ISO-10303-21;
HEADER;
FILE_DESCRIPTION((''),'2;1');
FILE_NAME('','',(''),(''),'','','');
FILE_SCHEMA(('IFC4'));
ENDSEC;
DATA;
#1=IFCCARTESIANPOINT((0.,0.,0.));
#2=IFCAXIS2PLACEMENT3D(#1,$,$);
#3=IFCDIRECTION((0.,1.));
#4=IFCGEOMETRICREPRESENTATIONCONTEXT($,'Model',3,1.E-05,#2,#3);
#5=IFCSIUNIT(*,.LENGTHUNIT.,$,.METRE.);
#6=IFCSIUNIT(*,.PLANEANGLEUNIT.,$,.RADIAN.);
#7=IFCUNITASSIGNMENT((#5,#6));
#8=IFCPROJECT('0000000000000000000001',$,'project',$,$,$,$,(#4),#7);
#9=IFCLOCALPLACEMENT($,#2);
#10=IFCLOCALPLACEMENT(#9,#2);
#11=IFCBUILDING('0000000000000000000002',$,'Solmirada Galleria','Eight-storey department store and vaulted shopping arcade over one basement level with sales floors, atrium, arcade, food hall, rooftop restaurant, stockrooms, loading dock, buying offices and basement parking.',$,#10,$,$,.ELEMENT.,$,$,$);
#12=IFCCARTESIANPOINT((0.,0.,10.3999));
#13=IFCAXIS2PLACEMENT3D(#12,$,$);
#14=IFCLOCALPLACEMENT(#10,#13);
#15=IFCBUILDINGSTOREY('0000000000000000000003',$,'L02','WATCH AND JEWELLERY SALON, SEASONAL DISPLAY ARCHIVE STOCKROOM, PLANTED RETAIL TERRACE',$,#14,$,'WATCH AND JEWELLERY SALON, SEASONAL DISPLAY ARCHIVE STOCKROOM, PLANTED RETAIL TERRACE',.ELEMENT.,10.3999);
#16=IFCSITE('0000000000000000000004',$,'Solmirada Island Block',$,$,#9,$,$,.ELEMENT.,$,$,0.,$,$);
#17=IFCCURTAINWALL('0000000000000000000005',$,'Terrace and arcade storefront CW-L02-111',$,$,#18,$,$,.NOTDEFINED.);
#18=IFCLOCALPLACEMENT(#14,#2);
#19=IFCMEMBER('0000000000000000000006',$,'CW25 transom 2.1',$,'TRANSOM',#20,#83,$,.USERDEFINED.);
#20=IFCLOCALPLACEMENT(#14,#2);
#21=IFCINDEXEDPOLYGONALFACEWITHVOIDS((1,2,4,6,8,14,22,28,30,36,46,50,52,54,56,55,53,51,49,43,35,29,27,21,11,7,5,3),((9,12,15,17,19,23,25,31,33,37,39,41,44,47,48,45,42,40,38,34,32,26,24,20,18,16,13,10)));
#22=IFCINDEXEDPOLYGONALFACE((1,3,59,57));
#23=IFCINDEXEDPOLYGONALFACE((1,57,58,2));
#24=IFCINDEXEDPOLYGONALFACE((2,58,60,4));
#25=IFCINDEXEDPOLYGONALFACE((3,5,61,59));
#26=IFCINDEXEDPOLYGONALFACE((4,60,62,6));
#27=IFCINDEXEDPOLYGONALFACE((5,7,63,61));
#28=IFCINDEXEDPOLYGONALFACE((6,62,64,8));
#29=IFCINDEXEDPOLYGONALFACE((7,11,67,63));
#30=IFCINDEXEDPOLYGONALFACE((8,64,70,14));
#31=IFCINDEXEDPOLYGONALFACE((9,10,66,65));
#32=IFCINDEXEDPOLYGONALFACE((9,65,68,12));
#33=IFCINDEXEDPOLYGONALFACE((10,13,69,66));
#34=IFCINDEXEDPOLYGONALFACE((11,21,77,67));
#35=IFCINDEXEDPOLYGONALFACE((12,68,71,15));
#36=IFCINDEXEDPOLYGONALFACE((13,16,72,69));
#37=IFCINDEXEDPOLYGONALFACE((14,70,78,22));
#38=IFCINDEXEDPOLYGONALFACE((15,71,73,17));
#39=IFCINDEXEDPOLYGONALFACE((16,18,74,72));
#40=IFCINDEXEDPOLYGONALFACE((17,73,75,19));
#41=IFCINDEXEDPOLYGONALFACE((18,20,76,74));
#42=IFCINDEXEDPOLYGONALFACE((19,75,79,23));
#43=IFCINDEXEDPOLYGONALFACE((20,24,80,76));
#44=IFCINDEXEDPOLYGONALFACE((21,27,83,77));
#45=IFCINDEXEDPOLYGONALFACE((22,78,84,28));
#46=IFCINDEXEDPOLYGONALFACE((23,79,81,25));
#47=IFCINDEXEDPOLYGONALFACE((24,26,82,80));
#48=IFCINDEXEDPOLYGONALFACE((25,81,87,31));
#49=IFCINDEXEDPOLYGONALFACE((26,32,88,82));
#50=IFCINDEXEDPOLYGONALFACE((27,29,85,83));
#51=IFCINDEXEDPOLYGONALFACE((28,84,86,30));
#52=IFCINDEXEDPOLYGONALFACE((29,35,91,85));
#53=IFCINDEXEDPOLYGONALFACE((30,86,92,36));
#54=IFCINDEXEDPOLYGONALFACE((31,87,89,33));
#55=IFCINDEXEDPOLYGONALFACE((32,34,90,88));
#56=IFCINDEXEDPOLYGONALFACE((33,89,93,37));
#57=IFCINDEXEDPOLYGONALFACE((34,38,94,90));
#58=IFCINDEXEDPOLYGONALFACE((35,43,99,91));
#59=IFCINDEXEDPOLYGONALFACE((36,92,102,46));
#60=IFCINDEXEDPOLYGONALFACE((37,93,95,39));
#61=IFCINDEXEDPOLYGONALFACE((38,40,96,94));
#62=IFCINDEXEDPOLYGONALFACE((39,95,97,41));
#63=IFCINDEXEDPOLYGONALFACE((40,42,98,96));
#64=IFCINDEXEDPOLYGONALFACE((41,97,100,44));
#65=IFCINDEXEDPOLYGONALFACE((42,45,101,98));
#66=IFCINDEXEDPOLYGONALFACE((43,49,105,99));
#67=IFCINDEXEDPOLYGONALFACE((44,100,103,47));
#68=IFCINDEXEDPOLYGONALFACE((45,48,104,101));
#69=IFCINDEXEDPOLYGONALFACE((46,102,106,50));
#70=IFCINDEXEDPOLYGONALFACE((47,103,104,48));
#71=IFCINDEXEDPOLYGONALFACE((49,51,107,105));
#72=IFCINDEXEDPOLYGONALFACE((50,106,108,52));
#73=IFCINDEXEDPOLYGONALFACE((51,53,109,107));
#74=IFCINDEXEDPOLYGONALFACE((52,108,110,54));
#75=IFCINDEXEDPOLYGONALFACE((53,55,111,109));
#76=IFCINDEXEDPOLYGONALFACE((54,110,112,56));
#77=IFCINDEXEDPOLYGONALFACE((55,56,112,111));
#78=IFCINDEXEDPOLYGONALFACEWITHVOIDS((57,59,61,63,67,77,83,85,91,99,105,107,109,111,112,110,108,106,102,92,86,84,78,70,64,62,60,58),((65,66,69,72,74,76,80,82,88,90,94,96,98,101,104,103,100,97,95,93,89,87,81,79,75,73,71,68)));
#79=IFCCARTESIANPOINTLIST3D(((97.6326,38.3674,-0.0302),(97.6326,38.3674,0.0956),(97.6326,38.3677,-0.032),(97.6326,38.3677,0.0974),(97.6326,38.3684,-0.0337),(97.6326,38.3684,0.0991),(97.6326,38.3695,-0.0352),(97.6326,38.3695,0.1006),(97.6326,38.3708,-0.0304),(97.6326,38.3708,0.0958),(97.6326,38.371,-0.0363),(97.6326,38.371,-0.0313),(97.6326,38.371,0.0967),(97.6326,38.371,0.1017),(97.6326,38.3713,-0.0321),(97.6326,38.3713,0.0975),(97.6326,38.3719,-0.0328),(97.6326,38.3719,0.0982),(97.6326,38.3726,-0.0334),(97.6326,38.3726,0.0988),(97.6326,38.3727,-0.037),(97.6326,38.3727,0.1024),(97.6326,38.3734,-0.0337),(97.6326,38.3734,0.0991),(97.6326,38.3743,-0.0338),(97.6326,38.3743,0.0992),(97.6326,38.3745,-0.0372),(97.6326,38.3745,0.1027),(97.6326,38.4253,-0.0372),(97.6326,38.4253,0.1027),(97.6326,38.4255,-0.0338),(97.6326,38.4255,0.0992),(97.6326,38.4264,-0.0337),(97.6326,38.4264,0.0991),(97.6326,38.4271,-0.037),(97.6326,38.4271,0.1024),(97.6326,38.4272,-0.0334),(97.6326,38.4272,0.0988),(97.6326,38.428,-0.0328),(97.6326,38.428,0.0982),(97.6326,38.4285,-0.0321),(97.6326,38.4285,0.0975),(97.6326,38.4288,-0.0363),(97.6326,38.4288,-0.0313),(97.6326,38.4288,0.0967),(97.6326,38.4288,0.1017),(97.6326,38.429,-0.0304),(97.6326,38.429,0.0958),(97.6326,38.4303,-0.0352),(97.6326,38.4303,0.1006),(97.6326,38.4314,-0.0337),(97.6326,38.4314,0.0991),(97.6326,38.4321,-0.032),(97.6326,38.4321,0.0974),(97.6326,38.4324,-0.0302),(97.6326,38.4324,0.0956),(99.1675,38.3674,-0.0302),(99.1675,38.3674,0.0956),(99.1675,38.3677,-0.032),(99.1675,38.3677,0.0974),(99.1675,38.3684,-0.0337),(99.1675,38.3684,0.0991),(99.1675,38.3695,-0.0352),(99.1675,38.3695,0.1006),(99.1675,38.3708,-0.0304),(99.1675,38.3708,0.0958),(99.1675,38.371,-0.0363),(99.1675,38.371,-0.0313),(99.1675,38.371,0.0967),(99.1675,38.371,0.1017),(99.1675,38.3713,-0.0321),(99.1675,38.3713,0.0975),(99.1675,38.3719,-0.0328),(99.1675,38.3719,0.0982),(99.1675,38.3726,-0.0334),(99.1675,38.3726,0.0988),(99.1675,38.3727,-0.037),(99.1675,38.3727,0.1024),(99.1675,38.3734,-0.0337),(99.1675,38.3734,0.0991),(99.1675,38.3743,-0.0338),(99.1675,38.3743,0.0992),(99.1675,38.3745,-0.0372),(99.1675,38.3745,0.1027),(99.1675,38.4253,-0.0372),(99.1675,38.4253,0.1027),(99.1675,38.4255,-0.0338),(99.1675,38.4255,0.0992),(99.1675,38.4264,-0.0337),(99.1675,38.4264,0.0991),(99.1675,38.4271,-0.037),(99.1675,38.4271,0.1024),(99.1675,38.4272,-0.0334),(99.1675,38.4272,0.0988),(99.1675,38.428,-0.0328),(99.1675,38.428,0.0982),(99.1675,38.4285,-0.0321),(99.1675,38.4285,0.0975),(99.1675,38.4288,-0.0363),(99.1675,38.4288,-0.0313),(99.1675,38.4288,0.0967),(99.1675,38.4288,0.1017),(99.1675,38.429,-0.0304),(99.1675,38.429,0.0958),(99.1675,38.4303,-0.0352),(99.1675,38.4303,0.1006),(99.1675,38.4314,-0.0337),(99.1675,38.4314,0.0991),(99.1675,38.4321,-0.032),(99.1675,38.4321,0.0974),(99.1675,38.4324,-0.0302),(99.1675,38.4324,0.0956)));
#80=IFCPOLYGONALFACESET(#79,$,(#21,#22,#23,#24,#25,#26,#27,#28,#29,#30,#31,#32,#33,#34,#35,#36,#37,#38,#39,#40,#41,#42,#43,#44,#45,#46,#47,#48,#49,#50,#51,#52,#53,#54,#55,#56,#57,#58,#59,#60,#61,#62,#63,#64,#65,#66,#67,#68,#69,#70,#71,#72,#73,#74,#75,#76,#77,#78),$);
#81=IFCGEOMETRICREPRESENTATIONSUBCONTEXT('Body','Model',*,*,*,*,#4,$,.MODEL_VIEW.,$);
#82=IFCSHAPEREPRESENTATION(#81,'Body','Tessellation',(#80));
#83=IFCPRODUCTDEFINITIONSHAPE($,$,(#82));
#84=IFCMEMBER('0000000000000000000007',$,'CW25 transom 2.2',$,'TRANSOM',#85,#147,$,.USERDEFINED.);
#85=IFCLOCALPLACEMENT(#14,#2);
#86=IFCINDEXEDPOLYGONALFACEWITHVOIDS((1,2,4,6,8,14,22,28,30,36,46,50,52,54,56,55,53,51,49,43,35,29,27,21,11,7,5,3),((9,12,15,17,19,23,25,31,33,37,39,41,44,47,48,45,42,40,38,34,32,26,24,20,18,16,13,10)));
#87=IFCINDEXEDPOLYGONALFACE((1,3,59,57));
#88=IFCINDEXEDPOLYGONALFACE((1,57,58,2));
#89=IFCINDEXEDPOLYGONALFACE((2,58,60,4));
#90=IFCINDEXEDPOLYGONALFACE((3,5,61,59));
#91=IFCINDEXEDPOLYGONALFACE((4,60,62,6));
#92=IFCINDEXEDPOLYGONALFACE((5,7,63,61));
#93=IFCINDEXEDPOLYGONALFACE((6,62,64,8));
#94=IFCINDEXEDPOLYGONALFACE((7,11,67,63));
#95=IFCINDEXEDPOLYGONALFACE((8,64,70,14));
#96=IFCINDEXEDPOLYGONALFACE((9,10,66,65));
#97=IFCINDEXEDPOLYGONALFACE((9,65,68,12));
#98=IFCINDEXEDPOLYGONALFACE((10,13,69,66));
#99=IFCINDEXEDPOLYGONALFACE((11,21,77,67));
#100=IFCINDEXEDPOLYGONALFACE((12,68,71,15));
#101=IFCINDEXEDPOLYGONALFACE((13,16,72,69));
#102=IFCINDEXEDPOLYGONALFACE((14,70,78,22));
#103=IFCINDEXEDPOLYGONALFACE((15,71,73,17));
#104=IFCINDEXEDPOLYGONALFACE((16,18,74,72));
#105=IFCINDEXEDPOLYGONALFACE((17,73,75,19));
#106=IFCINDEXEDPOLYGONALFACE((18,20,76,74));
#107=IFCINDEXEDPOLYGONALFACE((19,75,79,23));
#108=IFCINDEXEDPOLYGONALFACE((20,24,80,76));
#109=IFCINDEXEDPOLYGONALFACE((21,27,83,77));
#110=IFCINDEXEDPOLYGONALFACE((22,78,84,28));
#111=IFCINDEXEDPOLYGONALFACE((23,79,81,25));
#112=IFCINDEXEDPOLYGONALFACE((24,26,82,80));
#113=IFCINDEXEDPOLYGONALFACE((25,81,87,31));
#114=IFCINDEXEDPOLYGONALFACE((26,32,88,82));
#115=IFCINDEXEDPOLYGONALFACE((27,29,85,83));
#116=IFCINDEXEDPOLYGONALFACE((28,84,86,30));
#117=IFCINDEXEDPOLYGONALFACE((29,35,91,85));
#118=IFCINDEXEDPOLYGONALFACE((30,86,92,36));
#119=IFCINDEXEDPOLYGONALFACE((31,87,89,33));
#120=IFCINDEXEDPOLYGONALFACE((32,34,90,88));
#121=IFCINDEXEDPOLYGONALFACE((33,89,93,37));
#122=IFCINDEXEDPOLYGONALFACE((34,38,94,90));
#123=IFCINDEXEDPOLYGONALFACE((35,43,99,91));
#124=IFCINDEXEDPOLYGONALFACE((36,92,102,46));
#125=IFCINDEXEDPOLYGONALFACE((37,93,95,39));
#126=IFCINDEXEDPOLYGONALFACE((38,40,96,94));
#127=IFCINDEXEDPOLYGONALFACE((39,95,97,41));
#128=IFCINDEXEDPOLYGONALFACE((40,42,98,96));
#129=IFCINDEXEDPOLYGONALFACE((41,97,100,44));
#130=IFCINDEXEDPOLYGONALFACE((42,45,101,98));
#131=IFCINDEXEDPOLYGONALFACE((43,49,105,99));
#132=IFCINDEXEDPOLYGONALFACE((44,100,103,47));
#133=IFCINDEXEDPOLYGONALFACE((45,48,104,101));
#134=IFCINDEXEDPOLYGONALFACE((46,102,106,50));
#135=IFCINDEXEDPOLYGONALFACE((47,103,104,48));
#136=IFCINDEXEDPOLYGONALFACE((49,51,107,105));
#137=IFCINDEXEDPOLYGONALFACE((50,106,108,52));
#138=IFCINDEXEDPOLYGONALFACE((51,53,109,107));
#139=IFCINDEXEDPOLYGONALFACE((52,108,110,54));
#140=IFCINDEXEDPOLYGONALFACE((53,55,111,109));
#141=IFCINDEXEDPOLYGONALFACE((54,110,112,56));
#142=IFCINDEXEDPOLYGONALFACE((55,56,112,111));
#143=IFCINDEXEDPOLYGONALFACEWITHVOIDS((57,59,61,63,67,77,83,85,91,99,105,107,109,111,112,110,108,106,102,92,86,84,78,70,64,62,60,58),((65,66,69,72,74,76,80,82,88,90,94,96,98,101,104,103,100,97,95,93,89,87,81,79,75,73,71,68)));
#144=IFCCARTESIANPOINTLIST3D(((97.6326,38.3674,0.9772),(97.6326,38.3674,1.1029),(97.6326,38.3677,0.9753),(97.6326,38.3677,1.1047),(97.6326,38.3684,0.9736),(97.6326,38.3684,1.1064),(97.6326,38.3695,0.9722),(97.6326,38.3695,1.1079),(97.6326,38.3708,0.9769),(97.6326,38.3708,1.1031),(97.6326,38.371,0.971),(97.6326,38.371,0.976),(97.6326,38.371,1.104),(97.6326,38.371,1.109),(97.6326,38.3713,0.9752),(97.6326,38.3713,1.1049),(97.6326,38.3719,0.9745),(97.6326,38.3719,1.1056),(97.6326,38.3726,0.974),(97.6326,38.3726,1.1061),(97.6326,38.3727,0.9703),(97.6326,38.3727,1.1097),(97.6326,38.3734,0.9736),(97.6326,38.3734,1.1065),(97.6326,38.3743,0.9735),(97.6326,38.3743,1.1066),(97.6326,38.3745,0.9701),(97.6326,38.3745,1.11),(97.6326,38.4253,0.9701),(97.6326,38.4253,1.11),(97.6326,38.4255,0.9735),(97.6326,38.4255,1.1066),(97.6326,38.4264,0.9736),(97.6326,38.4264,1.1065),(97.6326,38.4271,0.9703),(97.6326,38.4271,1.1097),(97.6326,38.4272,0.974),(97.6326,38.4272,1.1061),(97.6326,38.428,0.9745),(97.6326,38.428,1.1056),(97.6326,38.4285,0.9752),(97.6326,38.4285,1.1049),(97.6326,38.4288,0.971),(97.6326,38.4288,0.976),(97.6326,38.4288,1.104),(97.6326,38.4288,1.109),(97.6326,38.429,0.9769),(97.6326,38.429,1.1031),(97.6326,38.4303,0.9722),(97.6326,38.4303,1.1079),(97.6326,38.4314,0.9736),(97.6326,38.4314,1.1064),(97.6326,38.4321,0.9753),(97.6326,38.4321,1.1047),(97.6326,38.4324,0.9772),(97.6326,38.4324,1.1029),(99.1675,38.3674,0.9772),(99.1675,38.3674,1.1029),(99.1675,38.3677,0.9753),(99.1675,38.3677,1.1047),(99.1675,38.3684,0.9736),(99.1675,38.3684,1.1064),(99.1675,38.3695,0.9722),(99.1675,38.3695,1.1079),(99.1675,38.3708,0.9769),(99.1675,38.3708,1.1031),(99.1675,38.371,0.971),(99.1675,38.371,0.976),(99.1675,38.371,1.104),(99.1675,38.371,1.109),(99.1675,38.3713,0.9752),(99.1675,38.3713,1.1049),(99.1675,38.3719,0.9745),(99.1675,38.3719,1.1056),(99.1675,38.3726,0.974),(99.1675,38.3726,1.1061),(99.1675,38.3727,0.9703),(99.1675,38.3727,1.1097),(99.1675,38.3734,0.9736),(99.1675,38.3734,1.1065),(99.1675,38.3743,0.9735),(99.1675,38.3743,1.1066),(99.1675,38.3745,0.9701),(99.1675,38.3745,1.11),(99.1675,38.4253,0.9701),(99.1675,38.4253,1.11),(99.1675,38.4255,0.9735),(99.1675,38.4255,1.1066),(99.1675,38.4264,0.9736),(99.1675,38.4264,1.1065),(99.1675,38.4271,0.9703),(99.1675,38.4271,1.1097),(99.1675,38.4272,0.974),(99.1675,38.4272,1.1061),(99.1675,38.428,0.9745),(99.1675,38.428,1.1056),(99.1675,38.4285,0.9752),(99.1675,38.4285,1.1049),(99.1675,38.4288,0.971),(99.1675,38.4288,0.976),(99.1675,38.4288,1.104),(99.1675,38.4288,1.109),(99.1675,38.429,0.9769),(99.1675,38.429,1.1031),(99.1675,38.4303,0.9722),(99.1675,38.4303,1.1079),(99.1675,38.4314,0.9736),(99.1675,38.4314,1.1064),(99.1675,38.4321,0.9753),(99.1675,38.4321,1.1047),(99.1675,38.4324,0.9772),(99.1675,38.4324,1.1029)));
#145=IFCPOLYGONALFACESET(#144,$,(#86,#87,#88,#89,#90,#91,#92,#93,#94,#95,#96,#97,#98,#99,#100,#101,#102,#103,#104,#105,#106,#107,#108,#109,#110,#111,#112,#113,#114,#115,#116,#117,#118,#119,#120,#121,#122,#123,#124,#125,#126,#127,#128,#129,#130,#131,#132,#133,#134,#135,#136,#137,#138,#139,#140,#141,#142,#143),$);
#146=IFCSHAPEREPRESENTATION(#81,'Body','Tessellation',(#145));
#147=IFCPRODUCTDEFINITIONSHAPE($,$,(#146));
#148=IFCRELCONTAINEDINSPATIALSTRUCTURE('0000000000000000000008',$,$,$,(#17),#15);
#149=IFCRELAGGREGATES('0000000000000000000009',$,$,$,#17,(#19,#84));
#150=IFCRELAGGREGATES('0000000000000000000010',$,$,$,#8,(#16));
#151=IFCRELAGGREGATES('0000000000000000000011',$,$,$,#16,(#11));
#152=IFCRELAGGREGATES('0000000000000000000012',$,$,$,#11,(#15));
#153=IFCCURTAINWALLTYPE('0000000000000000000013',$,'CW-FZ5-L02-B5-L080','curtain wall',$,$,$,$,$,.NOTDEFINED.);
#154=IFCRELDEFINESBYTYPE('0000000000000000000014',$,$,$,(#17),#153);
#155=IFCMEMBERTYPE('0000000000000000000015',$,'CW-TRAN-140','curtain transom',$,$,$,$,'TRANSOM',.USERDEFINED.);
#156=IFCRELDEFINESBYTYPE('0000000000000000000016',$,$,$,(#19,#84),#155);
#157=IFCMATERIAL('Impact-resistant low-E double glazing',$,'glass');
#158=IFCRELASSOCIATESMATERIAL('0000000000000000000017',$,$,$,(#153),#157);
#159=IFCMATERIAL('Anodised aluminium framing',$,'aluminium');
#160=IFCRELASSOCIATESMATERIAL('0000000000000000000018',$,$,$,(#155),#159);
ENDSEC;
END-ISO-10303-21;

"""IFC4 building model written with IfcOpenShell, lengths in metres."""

from ifc_helpers import new_model, si_unit, direction, frame, origin, origin_2d, place, context, subcontext, project, spatial, hollow_rectangle, extrude, material, material_profile, profile_set, type_object, element, aggregate, save


model = new_model("IFC4")

# Units and contexts
model_context = context("Model", 3, precision=1e-05, world=origin(), true_north=direction((0.0, 1.0)))
body_context = subcontext(model_context, "Body", "Model", "MODEL_VIEW")
ifc_project = project(units=[si_unit("LENGTHUNIT", "METRE"), si_unit("PLANEANGLEUNIT", "RADIAN")], contexts=[model_context])

# Site, building, storey
site_placement = place(None, origin())
site = spatial("IfcSite", under=ifc_project, at=site_placement, Name="Solmirada Island Block", CompositionType="ELEMENT", RefElevation=0.0)
building_placement = place(site_placement, origin())
building = spatial("IfcBuilding", under=site, at=building_placement, Name="Solmirada Galleria", Description="Eight-storey department store and vaulted shopping arcade over one basement level with sales floors, atrium, arcade, food hall, rooftop restaurant, stockrooms, loading dock, buying offices and basement parking.", CompositionType="ELEMENT")
storey_placement = place(building_placement, frame((0.0, 0.0, 10.3999)))
storey = spatial("IfcBuildingStorey", under=building, at=storey_placement, Name="L02", Description="WATCH AND JEWELLERY SALON, SEASONAL DISPLAY ARCHIVE STOCKROOM, PLANTED RETAIL TERRACE", LongName="WATCH AND JEWELLERY SALON, SEASONAL DISPLAY ARCHIVE STOCKROOM, PLANTED RETAIL TERRACE", CompositionType="ELEMENT", Elevation=10.3999)

# Curtain wall, members
ifc_material_1 = material(Name="Impact-resistant low-E double glazing", Category="glass")
curtain_wall_type = type_object("IfcCurtainWallType", Name="CW-FZ5-L02-B5-L080", Description="curtain wall", PredefinedType="NOTDEFINED", material=ifc_material_1)
curtain_wall_placement = place(storey_placement, origin())
curtain_wall = element("IfcCurtainWall", 1, at=curtain_wall_placement, inside=storey, type_object=curtain_wall_type, Name="Terrace and arcade storefront CW-L02-111", PredefinedType="NOTDEFINED")
ifc_material_2 = material(Name="Anodised aluminium framing", Category="aluminium")
ifc_material_profile_1 = material_profile(ifc_material_2, hollow_rectangle(XDim=0.0649, YDim=0.1399, WallThickness=0.0034, InnerFilletRadius=0.0034, OuterFilletRadius=0.0071, at=origin_2d()), Name="ALU-TRAN-140X65")
ifc_profile_set_1 = profile_set([ifc_material_profile_1], Name="Anodised aluminium framing")
member_type_1 = type_object("IfcMemberType", Name="CW-TRAN-140", Description="curtain transom", ElementType="TRANSOM", PredefinedType="USERDEFINED", material=ifc_profile_set_1)
member_1_placement = place(storey_placement, frame((97.6326, 38.3999, 0.0327), z_axis=(1.0, 0.0, 0.0), x_axis=(0.0, 1.0, 0.0)))
member_1 = element("IfcMember", 2, at=member_1_placement, type_object=member_type_1, Name="CW25 transom 2.1", ObjectType="TRANSOM", PredefinedType="USERDEFINED", context=body_context, shape_type="SweptSolid", body=[
    extrude(hollow_rectangle(XDim=0.0649, YDim=0.1399, WallThickness=0.0034, InnerFilletRadius=0.0034, OuterFilletRadius=0.0071, at=origin_2d()), origin(), (0.0, 0.0, 1.0), 1.5349),
])
member_2_placement = place(storey_placement, frame((97.6326, 38.3999, 1.04), z_axis=(1.0, 0.0, 0.0), x_axis=(0.0, 1.0, 0.0)))
member_2 = element("IfcMember", 3, at=member_2_placement, type_object=member_type_1, Name="CW25 transom 2.2", ObjectType="TRANSOM", PredefinedType="USERDEFINED", context=body_context, shape_type="SweptSolid", body=[
    extrude(hollow_rectangle(XDim=0.0649, YDim=0.1399, WallThickness=0.0034, InnerFilletRadius=0.0034, OuterFilletRadius=0.0071, at=origin_2d()), origin(), (0.0, 0.0, 1.0), 1.5349),
])
aggregate(curtain_wall, [member_1, member_2])

save(model, "model.ifc")
